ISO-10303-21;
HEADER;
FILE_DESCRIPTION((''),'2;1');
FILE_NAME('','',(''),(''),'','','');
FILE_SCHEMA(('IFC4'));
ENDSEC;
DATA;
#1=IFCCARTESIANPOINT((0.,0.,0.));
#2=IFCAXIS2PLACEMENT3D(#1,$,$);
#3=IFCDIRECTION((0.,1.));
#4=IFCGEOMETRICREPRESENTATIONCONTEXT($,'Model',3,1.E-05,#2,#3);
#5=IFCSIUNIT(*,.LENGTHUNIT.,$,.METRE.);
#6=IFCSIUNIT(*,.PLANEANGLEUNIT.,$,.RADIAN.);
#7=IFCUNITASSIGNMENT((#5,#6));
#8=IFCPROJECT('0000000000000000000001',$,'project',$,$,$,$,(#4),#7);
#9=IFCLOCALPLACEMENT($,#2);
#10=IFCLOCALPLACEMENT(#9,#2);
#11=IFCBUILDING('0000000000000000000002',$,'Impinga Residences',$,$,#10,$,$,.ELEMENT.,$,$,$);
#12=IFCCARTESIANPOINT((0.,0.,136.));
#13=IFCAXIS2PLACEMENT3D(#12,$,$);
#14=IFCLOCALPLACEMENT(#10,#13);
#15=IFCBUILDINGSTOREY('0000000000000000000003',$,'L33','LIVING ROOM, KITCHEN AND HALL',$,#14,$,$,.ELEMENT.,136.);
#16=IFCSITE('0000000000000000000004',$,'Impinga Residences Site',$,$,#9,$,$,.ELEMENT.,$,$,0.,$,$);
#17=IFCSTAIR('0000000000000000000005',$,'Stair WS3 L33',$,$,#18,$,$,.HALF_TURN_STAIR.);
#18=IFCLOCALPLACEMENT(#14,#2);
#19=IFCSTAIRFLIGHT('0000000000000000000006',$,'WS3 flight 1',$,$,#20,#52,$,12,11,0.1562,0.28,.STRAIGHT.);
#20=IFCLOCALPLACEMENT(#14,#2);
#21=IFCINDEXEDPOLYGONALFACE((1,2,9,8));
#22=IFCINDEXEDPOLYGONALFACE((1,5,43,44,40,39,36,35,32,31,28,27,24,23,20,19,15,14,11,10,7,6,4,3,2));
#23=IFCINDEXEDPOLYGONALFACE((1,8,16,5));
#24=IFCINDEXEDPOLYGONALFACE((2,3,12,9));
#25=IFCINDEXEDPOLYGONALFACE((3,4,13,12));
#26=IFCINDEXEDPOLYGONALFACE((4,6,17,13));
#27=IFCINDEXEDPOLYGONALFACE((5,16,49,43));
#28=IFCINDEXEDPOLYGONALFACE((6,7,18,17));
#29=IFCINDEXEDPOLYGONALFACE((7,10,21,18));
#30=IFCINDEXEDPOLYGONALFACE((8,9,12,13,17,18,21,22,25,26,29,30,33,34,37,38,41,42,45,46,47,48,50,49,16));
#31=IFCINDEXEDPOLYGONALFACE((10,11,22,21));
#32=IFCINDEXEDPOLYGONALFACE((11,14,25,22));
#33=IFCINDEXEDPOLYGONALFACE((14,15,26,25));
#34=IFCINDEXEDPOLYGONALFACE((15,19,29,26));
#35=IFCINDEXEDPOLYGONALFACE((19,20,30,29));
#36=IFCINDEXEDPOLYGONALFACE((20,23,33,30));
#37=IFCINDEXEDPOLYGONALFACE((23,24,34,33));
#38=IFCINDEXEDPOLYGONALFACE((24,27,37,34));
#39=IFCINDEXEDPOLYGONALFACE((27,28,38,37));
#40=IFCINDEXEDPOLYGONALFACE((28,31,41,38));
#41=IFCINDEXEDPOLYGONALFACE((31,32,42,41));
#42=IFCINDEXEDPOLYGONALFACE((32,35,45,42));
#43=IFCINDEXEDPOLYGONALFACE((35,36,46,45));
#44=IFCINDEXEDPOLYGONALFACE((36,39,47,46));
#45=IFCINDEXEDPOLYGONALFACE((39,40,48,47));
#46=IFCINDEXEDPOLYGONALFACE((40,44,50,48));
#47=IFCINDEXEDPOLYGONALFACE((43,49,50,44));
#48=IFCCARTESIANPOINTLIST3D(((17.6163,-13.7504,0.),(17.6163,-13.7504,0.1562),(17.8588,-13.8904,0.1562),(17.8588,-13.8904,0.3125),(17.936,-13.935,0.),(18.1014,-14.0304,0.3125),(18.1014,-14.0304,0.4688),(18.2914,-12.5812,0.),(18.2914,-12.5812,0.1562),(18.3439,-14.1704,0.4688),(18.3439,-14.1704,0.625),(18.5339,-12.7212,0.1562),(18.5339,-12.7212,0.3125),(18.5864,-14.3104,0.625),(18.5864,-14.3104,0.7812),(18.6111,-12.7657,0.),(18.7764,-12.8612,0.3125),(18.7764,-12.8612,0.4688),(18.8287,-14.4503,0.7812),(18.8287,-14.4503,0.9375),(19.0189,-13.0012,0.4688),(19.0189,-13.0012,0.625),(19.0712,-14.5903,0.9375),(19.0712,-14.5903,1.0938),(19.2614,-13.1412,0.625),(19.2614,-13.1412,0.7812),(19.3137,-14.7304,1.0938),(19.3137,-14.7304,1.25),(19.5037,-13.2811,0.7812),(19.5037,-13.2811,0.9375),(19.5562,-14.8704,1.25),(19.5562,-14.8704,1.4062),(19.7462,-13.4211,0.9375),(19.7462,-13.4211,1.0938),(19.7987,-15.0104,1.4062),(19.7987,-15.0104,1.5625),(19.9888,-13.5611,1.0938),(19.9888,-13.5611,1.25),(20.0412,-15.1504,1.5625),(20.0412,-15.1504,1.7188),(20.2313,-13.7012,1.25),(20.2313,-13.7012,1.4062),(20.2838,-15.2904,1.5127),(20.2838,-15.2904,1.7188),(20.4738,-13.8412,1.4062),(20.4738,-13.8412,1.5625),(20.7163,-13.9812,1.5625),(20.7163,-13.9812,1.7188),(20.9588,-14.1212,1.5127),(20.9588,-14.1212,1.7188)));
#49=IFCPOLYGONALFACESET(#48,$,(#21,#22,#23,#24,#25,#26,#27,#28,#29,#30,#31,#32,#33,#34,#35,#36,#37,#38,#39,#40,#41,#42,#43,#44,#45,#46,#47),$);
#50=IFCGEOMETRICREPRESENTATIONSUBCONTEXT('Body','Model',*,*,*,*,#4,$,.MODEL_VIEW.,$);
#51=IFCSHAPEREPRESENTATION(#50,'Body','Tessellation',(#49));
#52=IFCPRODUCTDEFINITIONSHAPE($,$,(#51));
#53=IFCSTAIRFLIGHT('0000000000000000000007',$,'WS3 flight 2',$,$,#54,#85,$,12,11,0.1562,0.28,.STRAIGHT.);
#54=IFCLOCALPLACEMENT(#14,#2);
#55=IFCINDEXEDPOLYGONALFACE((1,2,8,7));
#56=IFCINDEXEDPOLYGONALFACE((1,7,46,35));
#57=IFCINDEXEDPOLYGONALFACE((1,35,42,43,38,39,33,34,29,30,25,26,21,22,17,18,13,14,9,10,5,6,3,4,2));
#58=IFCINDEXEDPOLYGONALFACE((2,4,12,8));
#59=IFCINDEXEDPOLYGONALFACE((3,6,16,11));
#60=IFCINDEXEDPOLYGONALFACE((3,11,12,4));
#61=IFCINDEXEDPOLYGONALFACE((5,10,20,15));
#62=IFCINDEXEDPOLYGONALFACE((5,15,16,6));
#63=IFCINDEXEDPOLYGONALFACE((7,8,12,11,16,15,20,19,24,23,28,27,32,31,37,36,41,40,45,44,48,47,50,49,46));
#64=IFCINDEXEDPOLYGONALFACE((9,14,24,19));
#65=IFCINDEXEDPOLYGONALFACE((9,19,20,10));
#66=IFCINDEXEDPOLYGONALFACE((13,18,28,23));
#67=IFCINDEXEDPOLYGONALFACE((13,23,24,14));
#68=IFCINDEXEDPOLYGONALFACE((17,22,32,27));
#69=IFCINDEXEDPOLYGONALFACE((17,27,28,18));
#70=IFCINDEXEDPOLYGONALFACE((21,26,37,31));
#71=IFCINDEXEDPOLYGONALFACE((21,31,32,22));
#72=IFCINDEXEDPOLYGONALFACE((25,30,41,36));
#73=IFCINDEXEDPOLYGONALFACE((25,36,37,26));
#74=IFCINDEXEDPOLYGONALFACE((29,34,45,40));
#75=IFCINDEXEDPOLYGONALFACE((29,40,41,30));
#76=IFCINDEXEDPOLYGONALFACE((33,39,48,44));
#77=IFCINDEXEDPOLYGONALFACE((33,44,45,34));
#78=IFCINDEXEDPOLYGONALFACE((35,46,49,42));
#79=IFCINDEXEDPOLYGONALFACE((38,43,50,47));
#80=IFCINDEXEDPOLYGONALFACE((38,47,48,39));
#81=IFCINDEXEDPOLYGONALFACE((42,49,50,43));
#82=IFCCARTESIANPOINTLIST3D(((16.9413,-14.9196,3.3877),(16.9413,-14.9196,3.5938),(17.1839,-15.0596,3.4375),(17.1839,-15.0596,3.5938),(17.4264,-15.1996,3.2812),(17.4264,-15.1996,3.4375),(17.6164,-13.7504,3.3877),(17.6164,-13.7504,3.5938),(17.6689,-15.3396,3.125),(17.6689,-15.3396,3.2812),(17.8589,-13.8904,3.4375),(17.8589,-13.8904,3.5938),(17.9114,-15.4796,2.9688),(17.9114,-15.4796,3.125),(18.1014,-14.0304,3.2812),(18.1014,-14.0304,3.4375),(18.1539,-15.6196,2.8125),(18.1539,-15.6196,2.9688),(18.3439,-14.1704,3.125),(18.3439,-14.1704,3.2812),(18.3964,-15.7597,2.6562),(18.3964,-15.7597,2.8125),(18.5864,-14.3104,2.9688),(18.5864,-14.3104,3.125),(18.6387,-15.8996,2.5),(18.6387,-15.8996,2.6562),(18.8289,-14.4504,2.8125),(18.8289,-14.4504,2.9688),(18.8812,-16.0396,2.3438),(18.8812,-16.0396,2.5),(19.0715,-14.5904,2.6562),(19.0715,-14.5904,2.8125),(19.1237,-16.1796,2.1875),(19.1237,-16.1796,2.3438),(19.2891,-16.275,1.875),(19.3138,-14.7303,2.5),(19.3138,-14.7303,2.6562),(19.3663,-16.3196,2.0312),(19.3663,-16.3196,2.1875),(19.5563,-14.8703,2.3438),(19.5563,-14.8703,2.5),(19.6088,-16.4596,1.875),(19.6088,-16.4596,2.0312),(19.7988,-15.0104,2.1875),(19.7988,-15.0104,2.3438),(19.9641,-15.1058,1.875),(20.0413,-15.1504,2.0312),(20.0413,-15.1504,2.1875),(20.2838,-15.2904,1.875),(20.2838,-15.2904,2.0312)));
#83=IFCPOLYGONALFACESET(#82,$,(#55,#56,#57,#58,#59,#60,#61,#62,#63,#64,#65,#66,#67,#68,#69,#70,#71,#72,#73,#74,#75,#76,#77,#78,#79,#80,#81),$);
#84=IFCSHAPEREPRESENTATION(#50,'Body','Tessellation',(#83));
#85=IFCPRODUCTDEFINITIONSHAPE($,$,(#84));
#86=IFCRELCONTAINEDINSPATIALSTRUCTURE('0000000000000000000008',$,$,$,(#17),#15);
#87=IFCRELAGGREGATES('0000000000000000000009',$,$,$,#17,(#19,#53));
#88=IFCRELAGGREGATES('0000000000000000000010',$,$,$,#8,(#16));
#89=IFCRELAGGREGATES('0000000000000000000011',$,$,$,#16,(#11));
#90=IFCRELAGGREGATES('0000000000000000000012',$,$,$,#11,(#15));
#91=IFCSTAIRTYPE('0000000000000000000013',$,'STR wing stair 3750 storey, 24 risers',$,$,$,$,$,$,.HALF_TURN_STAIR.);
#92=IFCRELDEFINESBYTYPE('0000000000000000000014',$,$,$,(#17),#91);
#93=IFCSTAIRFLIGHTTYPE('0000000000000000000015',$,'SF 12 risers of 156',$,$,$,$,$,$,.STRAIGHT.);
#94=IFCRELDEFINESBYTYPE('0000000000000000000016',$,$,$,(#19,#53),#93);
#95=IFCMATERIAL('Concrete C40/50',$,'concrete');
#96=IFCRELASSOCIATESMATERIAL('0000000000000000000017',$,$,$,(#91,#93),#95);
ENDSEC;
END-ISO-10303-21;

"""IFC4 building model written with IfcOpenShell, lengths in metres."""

from ifc_helpers import new_model, si_unit, direction, frame, origin, place, context, subcontext, project, spatial, polyline, outline, extrude, material, type_object, element, aggregate, save


model = new_model("IFC4")

# Units and contexts
model_context = context("Model", 3, precision=1e-05, world=origin(), true_north=direction((0.0, 1.0)))
body_context = subcontext(model_context, "Body", "Model", "MODEL_VIEW")
ifc_project = project(units=[si_unit("LENGTHUNIT", "METRE"), si_unit("PLANEANGLEUNIT", "RADIAN")], contexts=[model_context])

# Site, building, storey
site_placement = place(None, origin())
site = spatial("IfcSite", under=ifc_project, at=site_placement, Name="Impinga Residences Site", CompositionType="ELEMENT", RefElevation=0.0)
building_placement = place(site_placement, origin())
building = spatial("IfcBuilding", under=site, at=building_placement, Name="Impinga Residences", CompositionType="ELEMENT")
storey_placement = place(building_placement, frame((0.0, 0.0, 136.0)))
storey = spatial("IfcBuildingStorey", under=building, at=storey_placement, Name="L33", Description="LIVING ROOM, KITCHEN AND HALL", CompositionType="ELEMENT", Elevation=136.0)

# Stair, stair flights
ifc_material_1 = material(Name="Concrete C40/50", Category="concrete")
stair_type = type_object("IfcStairType", Name="STR wing stair 3750 storey, 24 risers", PredefinedType="HALF_TURN_STAIR", material=ifc_material_1)
stair_placement = place(storey_placement, origin())
stair = element("IfcStair", 1, at=stair_placement, inside=storey, type_object=stair_type, Name="Stair WS3 L33", PredefinedType="HALF_TURN_STAIR")
stair_flight_type = type_object("IfcStairFlightType", Name="SF 12 risers of 156", PredefinedType="STRAIGHT", material=ifc_material_1)
stair_flight_1_placement = place(storey_placement, frame((17.9539, -13.1658, 0.0), z_axis=(0.0, 0.0, 1.0), x_axis=(0.866025, -0.5, 0.0)))
stair_flight_1 = element("IfcStairFlight", 2, at=stair_flight_1_placement, type_object=stair_flight_type, Name="WS3 flight 1", NumberOfRisers=12, NumberOfTreads=11, PredefinedType="STRAIGHT", RiserHeight=0.1562, TreadLength=0.28, context=body_context, shape_type="SweptSolid", body=[
    extrude(outline(polyline([(0.0, 0.0), (0.0, 0.1562), (0.28, 0.1562), (0.28, 0.3125), (0.5601, 0.3125), (0.5601, 0.4688), (0.8401, 0.4688), (0.8401, 0.625), (1.1201, 0.625), (1.1201, 0.7812), (1.3999, 0.7812), (1.3999, 0.9375), (1.6799, 0.9375), (1.6799, 1.0938), (1.96, 1.0938), (1.96, 1.25), (2.24, 1.25), (2.24, 1.4062), (2.52, 1.4062), (2.52, 1.5625), (2.8, 1.5625), (2.8, 1.7188), (3.0801, 1.7188), (3.0801, 1.875), (3.0801, 1.5127), (0.3691, 0.0), (0.0, 0.0)])), frame((0.0, 0.675, 0.0), z_axis=(0.0, -1.0, 0.0), x_axis=(1.0, 0.0, 0.0)), (0.0, 0.0, 1.0), 1.3501),
])
stair_flight_2_placement = place(storey_placement, frame((19.9463, -15.875, 1.875), z_axis=(0.0, 0.0, 1.0), x_axis=(-0.866025, 0.5, 0.0)))
stair_flight_2 = element("IfcStairFlight", 3, at=stair_flight_2_placement, type_object=stair_flight_type, Name="WS3 flight 2", NumberOfRisers=12, NumberOfTreads=11, PredefinedType="STRAIGHT", RiserHeight=0.1562, TreadLength=0.28, context=body_context, shape_type="SweptSolid", body=[
    extrude(outline(polyline([(0.0, 0.0), (0.0, 0.1562), (0.28, 0.1562), (0.28, 0.3125), (0.5601, 0.3125), (0.5601, 0.4688), (0.8401, 0.4688), (0.8401, 0.625), (1.1201, 0.625), (1.1201, 0.7812), (1.3999, 0.7812), (1.3999, 0.9375), (1.6799, 0.9375), (1.6799, 1.0938), (1.96, 1.0938), (1.96, 1.25), (2.24, 1.25), (2.24, 1.4062), (2.52, 1.4062), (2.52, 1.5625), (2.8, 1.5625), (2.8, 1.7188), (3.0801, 1.7188), (3.0801, 1.875), (3.0801, 1.5127), (0.3691, 0.0), (0.0, 0.0)])), frame((0.0, 0.675, 0.0), z_axis=(0.0, -1.0, 0.0), x_axis=(1.0, 0.0, 0.0)), (0.0, 0.0, 1.0), 1.3501),
])
aggregate(stair, [stair_flight_1, stair_flight_2])

save(model, "model.ifc")
